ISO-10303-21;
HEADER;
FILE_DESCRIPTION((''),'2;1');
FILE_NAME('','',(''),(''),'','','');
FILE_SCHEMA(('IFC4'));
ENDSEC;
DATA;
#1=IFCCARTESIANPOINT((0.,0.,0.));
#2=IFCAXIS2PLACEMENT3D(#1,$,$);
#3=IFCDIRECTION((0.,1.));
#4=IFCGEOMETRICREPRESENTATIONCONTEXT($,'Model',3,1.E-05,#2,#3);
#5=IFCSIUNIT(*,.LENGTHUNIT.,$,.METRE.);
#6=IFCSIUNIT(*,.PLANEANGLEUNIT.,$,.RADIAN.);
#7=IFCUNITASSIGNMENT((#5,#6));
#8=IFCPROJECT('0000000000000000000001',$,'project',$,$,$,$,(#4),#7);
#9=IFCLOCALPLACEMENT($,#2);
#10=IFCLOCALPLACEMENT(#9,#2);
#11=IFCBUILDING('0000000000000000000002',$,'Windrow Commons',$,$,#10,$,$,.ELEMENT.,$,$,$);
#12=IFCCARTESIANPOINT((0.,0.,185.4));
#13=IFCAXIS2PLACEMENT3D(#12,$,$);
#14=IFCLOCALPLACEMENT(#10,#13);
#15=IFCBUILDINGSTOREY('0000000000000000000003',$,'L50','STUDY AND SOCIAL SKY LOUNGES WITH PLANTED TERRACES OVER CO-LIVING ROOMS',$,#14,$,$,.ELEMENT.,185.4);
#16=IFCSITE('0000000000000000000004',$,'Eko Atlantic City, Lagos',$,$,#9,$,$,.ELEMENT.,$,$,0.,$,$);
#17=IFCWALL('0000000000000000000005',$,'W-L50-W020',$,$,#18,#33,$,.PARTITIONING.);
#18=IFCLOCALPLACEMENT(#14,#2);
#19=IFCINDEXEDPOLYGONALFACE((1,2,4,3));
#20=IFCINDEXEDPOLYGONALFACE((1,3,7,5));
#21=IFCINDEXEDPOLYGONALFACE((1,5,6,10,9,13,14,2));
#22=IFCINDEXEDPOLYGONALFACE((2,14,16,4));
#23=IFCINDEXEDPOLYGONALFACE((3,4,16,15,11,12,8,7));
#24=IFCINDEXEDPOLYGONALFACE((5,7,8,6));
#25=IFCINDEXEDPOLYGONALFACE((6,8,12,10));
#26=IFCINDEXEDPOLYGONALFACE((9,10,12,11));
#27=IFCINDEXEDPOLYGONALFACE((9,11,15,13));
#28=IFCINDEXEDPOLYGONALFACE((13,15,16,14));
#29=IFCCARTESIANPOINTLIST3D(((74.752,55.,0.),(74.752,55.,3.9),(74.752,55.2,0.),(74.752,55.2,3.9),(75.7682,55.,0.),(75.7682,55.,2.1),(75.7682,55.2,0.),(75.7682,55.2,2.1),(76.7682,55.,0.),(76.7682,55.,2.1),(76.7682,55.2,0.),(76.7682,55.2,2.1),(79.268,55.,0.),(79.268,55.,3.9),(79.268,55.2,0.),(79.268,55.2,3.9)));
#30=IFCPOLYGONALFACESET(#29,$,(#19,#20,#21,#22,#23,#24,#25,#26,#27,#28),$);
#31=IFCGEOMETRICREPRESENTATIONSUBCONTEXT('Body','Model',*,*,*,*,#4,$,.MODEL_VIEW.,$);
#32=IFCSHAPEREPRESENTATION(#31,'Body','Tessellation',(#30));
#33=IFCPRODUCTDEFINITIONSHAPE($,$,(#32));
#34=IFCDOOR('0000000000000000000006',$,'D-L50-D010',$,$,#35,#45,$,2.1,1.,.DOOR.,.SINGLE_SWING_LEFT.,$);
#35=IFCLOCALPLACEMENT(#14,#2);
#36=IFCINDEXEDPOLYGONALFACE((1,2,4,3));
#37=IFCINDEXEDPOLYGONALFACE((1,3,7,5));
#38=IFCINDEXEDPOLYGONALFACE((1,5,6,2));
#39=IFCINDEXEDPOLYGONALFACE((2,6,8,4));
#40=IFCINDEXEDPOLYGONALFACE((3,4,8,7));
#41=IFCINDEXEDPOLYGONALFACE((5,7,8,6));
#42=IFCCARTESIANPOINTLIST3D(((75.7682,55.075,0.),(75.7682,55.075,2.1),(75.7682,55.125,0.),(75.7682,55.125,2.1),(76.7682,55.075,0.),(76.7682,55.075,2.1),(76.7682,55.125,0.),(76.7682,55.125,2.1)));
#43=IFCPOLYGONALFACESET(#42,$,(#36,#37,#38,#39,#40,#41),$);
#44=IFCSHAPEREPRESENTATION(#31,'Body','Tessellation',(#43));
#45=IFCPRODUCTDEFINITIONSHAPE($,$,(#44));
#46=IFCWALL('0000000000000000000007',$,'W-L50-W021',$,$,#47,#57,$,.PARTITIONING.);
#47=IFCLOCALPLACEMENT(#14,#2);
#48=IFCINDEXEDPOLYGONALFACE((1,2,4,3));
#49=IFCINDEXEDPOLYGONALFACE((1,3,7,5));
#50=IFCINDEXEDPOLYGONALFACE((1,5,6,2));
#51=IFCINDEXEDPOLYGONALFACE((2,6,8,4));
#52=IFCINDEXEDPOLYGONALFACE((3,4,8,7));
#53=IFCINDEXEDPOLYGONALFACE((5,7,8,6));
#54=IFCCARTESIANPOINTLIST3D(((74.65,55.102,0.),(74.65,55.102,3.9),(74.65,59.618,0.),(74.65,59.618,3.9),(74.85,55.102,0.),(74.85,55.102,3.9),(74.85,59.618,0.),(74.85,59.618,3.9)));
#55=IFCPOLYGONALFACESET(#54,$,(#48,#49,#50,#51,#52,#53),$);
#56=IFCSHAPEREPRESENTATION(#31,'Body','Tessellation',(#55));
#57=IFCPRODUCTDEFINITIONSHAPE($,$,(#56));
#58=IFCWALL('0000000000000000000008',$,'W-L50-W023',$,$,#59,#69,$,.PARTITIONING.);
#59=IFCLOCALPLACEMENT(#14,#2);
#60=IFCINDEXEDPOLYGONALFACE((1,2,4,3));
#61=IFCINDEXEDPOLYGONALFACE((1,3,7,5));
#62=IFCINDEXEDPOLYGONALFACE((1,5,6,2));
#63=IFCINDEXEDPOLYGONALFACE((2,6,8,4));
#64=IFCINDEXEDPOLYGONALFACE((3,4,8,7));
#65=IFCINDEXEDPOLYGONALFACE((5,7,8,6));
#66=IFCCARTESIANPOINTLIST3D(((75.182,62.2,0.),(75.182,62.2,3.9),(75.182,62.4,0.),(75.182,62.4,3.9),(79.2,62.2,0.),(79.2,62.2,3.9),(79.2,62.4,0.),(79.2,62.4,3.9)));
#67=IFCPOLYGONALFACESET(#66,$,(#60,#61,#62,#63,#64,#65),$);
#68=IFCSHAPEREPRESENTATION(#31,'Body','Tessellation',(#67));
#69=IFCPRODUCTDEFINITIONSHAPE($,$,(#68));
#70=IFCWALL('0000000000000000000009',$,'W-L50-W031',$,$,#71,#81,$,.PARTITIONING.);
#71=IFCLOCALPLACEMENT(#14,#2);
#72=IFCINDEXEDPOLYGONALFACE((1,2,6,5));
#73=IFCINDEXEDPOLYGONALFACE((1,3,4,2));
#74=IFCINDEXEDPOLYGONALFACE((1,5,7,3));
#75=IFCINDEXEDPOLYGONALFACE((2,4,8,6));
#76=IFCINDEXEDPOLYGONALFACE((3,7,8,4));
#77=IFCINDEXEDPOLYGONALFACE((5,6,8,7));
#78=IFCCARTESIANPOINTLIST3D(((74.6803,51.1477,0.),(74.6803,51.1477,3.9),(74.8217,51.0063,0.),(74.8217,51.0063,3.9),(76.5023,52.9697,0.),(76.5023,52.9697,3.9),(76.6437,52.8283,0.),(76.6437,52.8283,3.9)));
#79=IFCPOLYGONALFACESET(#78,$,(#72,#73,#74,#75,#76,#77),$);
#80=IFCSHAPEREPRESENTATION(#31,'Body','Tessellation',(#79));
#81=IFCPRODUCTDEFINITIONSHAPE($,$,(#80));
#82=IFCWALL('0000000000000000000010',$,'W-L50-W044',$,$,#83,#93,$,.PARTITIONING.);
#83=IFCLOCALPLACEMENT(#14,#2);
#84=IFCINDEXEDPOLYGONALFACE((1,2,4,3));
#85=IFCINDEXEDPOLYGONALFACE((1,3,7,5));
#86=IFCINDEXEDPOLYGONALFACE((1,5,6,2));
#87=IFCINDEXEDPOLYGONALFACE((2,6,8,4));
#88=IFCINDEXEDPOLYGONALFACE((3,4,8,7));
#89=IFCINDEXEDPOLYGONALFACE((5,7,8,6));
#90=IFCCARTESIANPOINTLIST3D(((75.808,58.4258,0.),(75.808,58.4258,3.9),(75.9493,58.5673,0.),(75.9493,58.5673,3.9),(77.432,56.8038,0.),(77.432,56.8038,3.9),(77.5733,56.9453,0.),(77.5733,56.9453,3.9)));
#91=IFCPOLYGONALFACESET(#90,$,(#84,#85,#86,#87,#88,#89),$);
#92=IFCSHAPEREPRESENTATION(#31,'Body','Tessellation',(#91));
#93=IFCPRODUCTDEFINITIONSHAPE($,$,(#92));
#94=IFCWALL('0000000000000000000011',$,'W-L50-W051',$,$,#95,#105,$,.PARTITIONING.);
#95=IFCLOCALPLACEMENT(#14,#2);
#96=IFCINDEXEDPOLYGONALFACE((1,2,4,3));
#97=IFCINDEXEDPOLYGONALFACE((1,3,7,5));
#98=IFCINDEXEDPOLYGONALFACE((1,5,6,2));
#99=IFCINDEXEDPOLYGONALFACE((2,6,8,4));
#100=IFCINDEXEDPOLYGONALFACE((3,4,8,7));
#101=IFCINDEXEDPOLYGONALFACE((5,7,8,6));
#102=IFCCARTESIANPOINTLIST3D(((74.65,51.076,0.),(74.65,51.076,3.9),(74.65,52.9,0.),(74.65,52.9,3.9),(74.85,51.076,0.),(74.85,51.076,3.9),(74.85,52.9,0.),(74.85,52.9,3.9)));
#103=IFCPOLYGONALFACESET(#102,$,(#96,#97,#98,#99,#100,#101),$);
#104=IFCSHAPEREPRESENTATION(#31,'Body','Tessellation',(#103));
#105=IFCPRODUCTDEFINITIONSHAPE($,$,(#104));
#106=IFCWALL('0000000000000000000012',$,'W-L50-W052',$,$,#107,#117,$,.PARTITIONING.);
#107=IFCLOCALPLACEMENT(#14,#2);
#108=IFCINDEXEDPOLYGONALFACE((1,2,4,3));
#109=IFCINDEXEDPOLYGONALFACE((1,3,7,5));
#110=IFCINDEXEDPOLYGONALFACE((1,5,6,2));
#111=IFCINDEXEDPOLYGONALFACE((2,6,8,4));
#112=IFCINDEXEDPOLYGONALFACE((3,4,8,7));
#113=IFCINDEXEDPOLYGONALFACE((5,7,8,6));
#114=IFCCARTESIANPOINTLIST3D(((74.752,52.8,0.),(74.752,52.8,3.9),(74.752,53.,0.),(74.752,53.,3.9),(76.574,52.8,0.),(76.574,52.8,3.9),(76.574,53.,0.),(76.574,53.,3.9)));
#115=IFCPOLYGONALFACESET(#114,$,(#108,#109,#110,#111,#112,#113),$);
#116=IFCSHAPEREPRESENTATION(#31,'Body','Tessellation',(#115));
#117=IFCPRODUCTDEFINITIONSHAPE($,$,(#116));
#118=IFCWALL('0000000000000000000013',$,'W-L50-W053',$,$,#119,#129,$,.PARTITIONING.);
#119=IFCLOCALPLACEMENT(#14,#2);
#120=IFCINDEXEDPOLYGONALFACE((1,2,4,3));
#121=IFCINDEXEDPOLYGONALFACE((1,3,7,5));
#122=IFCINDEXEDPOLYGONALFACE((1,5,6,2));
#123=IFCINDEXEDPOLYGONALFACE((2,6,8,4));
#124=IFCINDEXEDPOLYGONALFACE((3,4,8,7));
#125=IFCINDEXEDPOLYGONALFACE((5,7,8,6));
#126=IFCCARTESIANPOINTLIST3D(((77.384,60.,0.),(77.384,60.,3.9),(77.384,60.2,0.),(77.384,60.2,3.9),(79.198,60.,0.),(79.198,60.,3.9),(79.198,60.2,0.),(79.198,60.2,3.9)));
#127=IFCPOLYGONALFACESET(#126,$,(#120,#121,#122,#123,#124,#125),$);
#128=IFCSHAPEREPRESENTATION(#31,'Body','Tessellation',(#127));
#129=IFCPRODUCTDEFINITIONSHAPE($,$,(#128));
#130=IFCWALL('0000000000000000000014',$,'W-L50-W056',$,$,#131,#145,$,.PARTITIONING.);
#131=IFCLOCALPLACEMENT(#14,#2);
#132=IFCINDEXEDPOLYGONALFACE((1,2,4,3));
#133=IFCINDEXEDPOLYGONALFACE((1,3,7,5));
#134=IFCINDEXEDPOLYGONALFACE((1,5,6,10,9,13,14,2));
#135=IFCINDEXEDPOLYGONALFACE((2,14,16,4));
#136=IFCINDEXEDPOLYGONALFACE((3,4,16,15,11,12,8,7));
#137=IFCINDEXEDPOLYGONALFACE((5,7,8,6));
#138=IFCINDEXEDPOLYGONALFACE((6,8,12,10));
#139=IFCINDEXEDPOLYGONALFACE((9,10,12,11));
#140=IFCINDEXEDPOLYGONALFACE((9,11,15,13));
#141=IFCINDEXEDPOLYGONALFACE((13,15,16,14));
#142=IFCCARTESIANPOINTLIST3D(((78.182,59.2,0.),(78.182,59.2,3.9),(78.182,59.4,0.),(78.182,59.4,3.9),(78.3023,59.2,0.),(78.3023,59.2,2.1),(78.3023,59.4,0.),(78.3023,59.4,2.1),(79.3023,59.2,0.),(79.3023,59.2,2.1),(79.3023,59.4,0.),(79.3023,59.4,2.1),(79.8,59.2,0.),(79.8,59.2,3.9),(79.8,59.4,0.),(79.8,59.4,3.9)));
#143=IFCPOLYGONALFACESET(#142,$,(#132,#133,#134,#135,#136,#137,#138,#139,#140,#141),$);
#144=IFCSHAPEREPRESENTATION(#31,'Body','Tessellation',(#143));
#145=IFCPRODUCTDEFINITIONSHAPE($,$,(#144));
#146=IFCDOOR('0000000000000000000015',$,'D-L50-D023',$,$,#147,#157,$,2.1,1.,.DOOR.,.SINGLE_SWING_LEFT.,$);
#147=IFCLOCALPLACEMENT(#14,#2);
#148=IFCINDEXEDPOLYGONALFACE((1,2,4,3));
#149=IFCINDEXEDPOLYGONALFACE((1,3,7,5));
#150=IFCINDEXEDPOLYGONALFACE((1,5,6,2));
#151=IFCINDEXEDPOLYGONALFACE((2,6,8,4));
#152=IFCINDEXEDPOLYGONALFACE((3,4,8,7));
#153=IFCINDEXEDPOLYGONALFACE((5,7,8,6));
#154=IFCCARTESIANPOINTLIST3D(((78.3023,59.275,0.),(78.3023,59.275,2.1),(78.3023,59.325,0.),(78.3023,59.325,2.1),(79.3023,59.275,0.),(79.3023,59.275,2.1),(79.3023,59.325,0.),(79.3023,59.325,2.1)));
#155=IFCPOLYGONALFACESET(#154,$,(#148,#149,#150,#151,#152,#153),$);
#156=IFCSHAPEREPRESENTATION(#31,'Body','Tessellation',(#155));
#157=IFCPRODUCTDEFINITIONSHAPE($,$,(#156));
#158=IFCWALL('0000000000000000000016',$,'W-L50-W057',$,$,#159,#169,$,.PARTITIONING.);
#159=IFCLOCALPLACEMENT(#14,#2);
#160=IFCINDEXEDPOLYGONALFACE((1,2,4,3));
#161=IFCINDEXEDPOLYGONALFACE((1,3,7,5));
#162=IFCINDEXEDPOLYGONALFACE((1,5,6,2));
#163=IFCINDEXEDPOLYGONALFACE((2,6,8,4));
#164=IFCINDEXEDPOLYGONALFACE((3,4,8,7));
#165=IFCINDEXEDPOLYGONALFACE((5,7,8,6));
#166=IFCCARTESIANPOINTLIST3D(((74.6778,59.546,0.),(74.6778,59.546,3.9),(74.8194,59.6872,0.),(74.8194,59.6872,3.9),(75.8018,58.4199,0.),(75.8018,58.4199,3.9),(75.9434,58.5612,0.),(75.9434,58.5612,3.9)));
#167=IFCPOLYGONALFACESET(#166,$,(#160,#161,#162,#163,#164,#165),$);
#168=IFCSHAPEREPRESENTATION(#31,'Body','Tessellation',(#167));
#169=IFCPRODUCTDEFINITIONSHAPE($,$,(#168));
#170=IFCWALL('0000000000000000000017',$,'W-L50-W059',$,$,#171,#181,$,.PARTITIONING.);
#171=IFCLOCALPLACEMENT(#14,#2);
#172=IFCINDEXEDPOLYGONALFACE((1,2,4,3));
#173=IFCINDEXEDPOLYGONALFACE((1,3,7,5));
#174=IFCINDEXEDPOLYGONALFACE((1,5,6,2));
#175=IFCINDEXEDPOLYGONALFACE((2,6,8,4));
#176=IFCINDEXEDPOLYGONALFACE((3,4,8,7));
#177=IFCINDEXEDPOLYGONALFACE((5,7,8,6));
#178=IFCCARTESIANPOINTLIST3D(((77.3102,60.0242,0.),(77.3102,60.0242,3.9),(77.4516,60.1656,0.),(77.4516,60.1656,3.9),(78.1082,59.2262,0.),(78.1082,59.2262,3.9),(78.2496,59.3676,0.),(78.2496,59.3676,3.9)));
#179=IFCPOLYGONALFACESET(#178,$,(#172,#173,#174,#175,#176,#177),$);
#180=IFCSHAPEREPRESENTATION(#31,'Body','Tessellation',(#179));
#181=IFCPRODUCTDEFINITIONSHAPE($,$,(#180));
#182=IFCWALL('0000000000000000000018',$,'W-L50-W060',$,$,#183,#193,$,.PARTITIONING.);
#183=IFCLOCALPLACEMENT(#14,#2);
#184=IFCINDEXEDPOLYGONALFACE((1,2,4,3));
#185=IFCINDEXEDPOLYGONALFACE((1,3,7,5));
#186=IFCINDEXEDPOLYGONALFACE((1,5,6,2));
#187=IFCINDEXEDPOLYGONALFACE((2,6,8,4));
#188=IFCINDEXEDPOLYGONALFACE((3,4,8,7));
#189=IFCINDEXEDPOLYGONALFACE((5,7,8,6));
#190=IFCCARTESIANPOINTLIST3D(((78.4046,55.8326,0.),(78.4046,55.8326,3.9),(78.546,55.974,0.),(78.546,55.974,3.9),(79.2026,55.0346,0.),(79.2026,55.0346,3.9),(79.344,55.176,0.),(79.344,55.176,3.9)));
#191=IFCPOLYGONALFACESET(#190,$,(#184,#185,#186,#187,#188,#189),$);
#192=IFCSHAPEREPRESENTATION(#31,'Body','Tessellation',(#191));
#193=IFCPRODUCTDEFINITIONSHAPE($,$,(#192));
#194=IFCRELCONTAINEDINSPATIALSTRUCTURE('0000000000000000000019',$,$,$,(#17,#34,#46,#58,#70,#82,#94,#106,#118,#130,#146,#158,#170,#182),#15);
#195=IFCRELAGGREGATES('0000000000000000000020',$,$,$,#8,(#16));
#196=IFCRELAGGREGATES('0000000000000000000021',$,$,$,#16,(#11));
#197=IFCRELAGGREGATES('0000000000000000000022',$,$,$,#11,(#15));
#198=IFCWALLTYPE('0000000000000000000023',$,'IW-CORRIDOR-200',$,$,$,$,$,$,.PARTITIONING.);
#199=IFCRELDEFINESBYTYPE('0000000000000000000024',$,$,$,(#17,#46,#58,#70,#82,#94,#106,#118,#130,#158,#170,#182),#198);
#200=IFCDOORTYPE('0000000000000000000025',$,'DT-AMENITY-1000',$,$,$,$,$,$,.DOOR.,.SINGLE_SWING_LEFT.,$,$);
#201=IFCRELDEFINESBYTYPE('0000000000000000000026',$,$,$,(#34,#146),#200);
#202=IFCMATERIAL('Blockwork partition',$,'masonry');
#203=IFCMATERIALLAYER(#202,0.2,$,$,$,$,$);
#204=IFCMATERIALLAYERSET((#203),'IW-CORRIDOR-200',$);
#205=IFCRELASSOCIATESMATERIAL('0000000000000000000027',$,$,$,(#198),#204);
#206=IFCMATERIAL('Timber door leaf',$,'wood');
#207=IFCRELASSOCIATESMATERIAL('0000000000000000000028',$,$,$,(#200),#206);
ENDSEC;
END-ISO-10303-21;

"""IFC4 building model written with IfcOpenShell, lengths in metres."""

from ifc_helpers import new_model, si_unit, direction, frame, frame_2d, origin, place, context, subcontext, project, spatial, rectangle, extrude, material, layer, layer_set, type_object, element, fill, save


model = new_model("IFC4")

# Units and contexts
model_context = context("Model", 3, precision=1e-05, world=origin(), true_north=direction((0.0, 1.0)))
body_context = subcontext(model_context, "Body", "Model", "MODEL_VIEW")
ifc_project = project(units=[si_unit("LENGTHUNIT", "METRE"), si_unit("PLANEANGLEUNIT", "RADIAN")], contexts=[model_context])

# Site, building, storey
site_placement = place(None, origin())
site = spatial("IfcSite", under=ifc_project, at=site_placement, Name="Eko Atlantic City, Lagos", CompositionType="ELEMENT", RefElevation=0.0)
building_placement = place(site_placement, origin())
building = spatial("IfcBuilding", under=site, at=building_placement, Name="Windrow Commons", CompositionType="ELEMENT")
storey_placement = place(building_placement, frame((0.0, 0.0, 185.4)))
storey = spatial("IfcBuildingStorey", under=building, at=storey_placement, Name="L50", Description="STUDY AND SOCIAL SKY LOUNGES WITH PLANTED TERRACES OVER CO-LIVING ROOMS", CompositionType="ELEMENT", Elevation=185.4)

# Wall, opening, door
ifc_material_1 = material(Name="Blockwork partition", Category="masonry")
ifc_layer_1 = layer(ifc_material_1, 0.2)
ifc_layer_set_1 = layer_set([ifc_layer_1], Name="IW-CORRIDOR-200")
wall_type_1 = type_object("IfcWallType", Name="IW-CORRIDOR-200", PredefinedType="PARTITIONING", material=ifc_layer_set_1)
wall_1_placement = place(storey_placement, frame((74.752, 55.1, 0.0), z_axis=(0.0, 0.0, 1.0), x_axis=(1.0, 0.0, 0.0)))
wall_1 = element("IfcWall", 1, at=wall_1_placement, inside=storey, type_object=wall_type_1, Name="W-L50-W020", PredefinedType="PARTITIONING", context=body_context, shape_type="SweptSolid", body=[
    extrude(rectangle(XDim=4.516, YDim=0.2, at=frame_2d((2.258, 0.0))), origin(), (0.0, 0.0, 1.0), 3.9),
])
opening_1_placement = place(wall_1_placement, frame((1.0162, 0.0, 0.0)))
opening_1 = element("IfcOpeningElement", 2, at=opening_1_placement, cuts=wall_1, PredefinedType="OPENING", context=body_context, shape_type="SweptSolid", body=[
    extrude(rectangle(XDim=1.0, YDim=2.1, at=frame_2d((0.5, 1.05))), frame((0.0, 0.11, 0.0), z_axis=(0.0, -1.0, 0.0), x_axis=(1.0, 0.0, 0.0)), (0.0, 0.0, 1.0), 0.22),
])
ifc_material_2 = material(Name="Timber door leaf", Category="wood")
door_type = type_object("IfcDoorType", Name="DT-AMENITY-1000", OperationType="SINGLE_SWING_LEFT", PredefinedType="DOOR", material=ifc_material_2)
door_1_placement = place(opening_1_placement, origin())
door_1 = element("IfcDoor", 3, at=door_1_placement, inside=storey, type_object=door_type, Name="D-L50-D010", OperationType="SINGLE_SWING_LEFT", OverallHeight=2.1, OverallWidth=1.0, PredefinedType="DOOR", context=body_context, shape_type="SweptSolid", body=[
    extrude(rectangle(XDim=1.0, YDim=2.1, at=frame_2d((0.5, 1.05))), frame((0.0, 0.025, 0.0), z_axis=(0.0, -1.0, 0.0), x_axis=(1.0, 0.0, 0.0)), (0.0, 0.0, 1.0), 0.05),
])
fill(opening_1, door_1)

# Walls
wall_2_placement = place(storey_placement, frame((74.75, 55.102, 0.0), z_axis=(0.0, 0.0, 1.0), x_axis=(0.0, 1.0, 0.0)))
element("IfcWall", 4, at=wall_2_placement, inside=storey, type_object=wall_type_1, Name="W-L50-W021", PredefinedType="PARTITIONING", context=body_context, shape_type="SweptSolid", body=[
    extrude(rectangle(XDim=4.516, YDim=0.2, at=frame_2d((2.258, 0.0))), origin(), (0.0, 0.0, 1.0), 3.9),
])
wall_3_placement = place(storey_placement, frame((75.182, 62.3, 0.0), z_axis=(0.0, 0.0, 1.0), x_axis=(1.0, 0.0, 0.0)))
element("IfcWall", 5, at=wall_3_placement, inside=storey, type_object=wall_type_1, Name="W-L50-W023", PredefinedType="PARTITIONING", context=body_context, shape_type="SweptSolid", body=[
    extrude(rectangle(XDim=4.018, YDim=0.2, at=frame_2d((2.009, 0.0))), origin(), (0.0, 0.0, 1.0), 3.9),
])
wall_4_placement = place(storey_placement, frame((74.751, 51.077, 0.0), z_axis=(0.0, 0.0, 1.0), x_axis=(0.707107, 0.707107, 0.0)))
element("IfcWall", 6, at=wall_4_placement, inside=storey, type_object=wall_type_1, Name="W-L50-W031", PredefinedType="PARTITIONING", context=body_context, shape_type="SweptSolid", body=[
    extrude(rectangle(XDim=2.5767, YDim=0.2, at=frame_2d((1.2884, 0.0))), origin(), (0.0, 0.0, 1.0), 3.9),
])
wall_5_placement = place(storey_placement, frame((75.8786, 58.4966, 0.0), z_axis=(0.0, 0.0, 1.0), x_axis=(0.707542, -0.706671, 0.0)))
element("IfcWall", 7, at=wall_5_placement, inside=storey, type_object=wall_type_1, Name="W-L50-W044", PredefinedType="PARTITIONING", context=body_context, shape_type="SweptSolid", body=[
    extrude(rectangle(XDim=2.2953, YDim=0.2, at=frame_2d((1.1477, 0.0))), origin(), (0.0, 0.0, 1.0), 3.9),
])
wall_6_placement = place(storey_placement, frame((74.75, 51.076, 0.0), z_axis=(0.0, 0.0, 1.0), x_axis=(0.0, 1.0, 0.0)))
element("IfcWall", 8, at=wall_6_placement, inside=storey, type_object=wall_type_1, Name="W-L50-W051", PredefinedType="PARTITIONING", context=body_context, shape_type="SweptSolid", body=[
    extrude(rectangle(XDim=1.824, YDim=0.2, at=frame_2d((0.912, 0.0))), origin(), (0.0, 0.0, 1.0), 3.9),
])
wall_7_placement = place(storey_placement, frame((74.752, 52.9, 0.0), z_axis=(0.0, 0.0, 1.0), x_axis=(1.0, 0.0, 0.0)))
element("IfcWall", 9, at=wall_7_placement, inside=storey, type_object=wall_type_1, Name="W-L50-W052", PredefinedType="PARTITIONING", context=body_context, shape_type="SweptSolid", body=[
    extrude(rectangle(XDim=1.822, YDim=0.2, at=frame_2d((0.911, 0.0))), origin(), (0.0, 0.0, 1.0), 3.9),
])
wall_8_placement = place(storey_placement, frame((77.384, 60.1, 0.0), z_axis=(0.0, 0.0, 1.0), x_axis=(1.0, 0.0, 0.0)))
element("IfcWall", 10, at=wall_8_placement, inside=storey, type_object=wall_type_1, Name="W-L50-W053", PredefinedType="PARTITIONING", context=body_context, shape_type="SweptSolid", body=[
    extrude(rectangle(XDim=1.814, YDim=0.2, at=frame_2d((0.907, 0.0))), origin(), (0.0, 0.0, 1.0), 3.9),
])

# Wall, opening, door
wall_9_placement = place(storey_placement, frame((78.182, 59.3, 0.0), z_axis=(0.0, 0.0, 1.0), x_axis=(1.0, 0.0, 0.0)))
wall_9 = element("IfcWall", 11, at=wall_9_placement, inside=storey, type_object=wall_type_1, Name="W-L50-W056", PredefinedType="PARTITIONING", context=body_context, shape_type="SweptSolid", body=[
    extrude(rectangle(XDim=1.618, YDim=0.2, at=frame_2d((0.809, 0.0))), origin(), (0.0, 0.0, 1.0), 3.9),
])
opening_2_placement = place(wall_9_placement, frame((0.1203, 0.0, 0.0)))
opening_2 = element("IfcOpeningElement", 12, at=opening_2_placement, cuts=wall_9, PredefinedType="OPENING", context=body_context, shape_type="SweptSolid", body=[
    extrude(rectangle(XDim=1.0, YDim=2.1, at=frame_2d((0.5, 1.05))), frame((0.0, 0.11, 0.0), z_axis=(0.0, -1.0, 0.0), x_axis=(1.0, 0.0, 0.0)), (0.0, 0.0, 1.0), 0.22),
])
door_2_placement = place(opening_2_placement, origin())
door_2 = element("IfcDoor", 13, at=door_2_placement, inside=storey, type_object=door_type, Name="D-L50-D023", OperationType="SINGLE_SWING_LEFT", OverallHeight=2.1, OverallWidth=1.0, PredefinedType="DOOR", context=body_context, shape_type="SweptSolid", body=[
    extrude(rectangle(XDim=1.0, YDim=2.1, at=frame_2d((0.5, 1.05))), frame((0.0, 0.025, 0.0), z_axis=(0.0, -1.0, 0.0), x_axis=(1.0, 0.0, 0.0)), (0.0, 0.0, 1.0), 0.05),
])
fill(opening_2, door_2)

# Walls
wall_10_placement = place(storey_placement, frame((74.7486, 59.6166, 0.0), z_axis=(0.0, 0.0, 1.0), x_axis=(0.706478, -0.707735, 0.0)))
element("IfcWall", 14, at=wall_10_placement, inside=storey, type_object=wall_type_1, Name="W-L50-W057", PredefinedType="PARTITIONING", context=body_context, shape_type="SweptSolid", body=[
    extrude(rectangle(XDim=1.591, YDim=0.2, at=frame_2d((0.7955, 0.0))), origin(), (0.0, 0.0, 1.0), 3.9),
])
for number, where, z_axis, x_axis, name in (
    (15, (77.3809, 60.0949, 0.0), (0.0, 0.0, 1.0), (0.707107, -0.707107, 0.0), "W-L50-W059"),
    (16, (78.4753, 55.9033, 0.0), (0.0, 0.0, 1.0), (0.707107, -0.707107, 0.0), "W-L50-W060"),
):
    element("IfcWall", number, at=place(storey_placement, frame(where, z_axis=z_axis, x_axis=x_axis)), inside=storey, type_object=wall_type_1, Name=name, PredefinedType="PARTITIONING", context=body_context, shape_type="SweptSolid", body=[
        extrude(rectangle(XDim=1.1285, YDim=0.2, at=frame_2d((0.5643, 0.0))), origin(), (0.0, 0.0, 1.0), 3.9),
    ])

save(model, "model.ifc")
